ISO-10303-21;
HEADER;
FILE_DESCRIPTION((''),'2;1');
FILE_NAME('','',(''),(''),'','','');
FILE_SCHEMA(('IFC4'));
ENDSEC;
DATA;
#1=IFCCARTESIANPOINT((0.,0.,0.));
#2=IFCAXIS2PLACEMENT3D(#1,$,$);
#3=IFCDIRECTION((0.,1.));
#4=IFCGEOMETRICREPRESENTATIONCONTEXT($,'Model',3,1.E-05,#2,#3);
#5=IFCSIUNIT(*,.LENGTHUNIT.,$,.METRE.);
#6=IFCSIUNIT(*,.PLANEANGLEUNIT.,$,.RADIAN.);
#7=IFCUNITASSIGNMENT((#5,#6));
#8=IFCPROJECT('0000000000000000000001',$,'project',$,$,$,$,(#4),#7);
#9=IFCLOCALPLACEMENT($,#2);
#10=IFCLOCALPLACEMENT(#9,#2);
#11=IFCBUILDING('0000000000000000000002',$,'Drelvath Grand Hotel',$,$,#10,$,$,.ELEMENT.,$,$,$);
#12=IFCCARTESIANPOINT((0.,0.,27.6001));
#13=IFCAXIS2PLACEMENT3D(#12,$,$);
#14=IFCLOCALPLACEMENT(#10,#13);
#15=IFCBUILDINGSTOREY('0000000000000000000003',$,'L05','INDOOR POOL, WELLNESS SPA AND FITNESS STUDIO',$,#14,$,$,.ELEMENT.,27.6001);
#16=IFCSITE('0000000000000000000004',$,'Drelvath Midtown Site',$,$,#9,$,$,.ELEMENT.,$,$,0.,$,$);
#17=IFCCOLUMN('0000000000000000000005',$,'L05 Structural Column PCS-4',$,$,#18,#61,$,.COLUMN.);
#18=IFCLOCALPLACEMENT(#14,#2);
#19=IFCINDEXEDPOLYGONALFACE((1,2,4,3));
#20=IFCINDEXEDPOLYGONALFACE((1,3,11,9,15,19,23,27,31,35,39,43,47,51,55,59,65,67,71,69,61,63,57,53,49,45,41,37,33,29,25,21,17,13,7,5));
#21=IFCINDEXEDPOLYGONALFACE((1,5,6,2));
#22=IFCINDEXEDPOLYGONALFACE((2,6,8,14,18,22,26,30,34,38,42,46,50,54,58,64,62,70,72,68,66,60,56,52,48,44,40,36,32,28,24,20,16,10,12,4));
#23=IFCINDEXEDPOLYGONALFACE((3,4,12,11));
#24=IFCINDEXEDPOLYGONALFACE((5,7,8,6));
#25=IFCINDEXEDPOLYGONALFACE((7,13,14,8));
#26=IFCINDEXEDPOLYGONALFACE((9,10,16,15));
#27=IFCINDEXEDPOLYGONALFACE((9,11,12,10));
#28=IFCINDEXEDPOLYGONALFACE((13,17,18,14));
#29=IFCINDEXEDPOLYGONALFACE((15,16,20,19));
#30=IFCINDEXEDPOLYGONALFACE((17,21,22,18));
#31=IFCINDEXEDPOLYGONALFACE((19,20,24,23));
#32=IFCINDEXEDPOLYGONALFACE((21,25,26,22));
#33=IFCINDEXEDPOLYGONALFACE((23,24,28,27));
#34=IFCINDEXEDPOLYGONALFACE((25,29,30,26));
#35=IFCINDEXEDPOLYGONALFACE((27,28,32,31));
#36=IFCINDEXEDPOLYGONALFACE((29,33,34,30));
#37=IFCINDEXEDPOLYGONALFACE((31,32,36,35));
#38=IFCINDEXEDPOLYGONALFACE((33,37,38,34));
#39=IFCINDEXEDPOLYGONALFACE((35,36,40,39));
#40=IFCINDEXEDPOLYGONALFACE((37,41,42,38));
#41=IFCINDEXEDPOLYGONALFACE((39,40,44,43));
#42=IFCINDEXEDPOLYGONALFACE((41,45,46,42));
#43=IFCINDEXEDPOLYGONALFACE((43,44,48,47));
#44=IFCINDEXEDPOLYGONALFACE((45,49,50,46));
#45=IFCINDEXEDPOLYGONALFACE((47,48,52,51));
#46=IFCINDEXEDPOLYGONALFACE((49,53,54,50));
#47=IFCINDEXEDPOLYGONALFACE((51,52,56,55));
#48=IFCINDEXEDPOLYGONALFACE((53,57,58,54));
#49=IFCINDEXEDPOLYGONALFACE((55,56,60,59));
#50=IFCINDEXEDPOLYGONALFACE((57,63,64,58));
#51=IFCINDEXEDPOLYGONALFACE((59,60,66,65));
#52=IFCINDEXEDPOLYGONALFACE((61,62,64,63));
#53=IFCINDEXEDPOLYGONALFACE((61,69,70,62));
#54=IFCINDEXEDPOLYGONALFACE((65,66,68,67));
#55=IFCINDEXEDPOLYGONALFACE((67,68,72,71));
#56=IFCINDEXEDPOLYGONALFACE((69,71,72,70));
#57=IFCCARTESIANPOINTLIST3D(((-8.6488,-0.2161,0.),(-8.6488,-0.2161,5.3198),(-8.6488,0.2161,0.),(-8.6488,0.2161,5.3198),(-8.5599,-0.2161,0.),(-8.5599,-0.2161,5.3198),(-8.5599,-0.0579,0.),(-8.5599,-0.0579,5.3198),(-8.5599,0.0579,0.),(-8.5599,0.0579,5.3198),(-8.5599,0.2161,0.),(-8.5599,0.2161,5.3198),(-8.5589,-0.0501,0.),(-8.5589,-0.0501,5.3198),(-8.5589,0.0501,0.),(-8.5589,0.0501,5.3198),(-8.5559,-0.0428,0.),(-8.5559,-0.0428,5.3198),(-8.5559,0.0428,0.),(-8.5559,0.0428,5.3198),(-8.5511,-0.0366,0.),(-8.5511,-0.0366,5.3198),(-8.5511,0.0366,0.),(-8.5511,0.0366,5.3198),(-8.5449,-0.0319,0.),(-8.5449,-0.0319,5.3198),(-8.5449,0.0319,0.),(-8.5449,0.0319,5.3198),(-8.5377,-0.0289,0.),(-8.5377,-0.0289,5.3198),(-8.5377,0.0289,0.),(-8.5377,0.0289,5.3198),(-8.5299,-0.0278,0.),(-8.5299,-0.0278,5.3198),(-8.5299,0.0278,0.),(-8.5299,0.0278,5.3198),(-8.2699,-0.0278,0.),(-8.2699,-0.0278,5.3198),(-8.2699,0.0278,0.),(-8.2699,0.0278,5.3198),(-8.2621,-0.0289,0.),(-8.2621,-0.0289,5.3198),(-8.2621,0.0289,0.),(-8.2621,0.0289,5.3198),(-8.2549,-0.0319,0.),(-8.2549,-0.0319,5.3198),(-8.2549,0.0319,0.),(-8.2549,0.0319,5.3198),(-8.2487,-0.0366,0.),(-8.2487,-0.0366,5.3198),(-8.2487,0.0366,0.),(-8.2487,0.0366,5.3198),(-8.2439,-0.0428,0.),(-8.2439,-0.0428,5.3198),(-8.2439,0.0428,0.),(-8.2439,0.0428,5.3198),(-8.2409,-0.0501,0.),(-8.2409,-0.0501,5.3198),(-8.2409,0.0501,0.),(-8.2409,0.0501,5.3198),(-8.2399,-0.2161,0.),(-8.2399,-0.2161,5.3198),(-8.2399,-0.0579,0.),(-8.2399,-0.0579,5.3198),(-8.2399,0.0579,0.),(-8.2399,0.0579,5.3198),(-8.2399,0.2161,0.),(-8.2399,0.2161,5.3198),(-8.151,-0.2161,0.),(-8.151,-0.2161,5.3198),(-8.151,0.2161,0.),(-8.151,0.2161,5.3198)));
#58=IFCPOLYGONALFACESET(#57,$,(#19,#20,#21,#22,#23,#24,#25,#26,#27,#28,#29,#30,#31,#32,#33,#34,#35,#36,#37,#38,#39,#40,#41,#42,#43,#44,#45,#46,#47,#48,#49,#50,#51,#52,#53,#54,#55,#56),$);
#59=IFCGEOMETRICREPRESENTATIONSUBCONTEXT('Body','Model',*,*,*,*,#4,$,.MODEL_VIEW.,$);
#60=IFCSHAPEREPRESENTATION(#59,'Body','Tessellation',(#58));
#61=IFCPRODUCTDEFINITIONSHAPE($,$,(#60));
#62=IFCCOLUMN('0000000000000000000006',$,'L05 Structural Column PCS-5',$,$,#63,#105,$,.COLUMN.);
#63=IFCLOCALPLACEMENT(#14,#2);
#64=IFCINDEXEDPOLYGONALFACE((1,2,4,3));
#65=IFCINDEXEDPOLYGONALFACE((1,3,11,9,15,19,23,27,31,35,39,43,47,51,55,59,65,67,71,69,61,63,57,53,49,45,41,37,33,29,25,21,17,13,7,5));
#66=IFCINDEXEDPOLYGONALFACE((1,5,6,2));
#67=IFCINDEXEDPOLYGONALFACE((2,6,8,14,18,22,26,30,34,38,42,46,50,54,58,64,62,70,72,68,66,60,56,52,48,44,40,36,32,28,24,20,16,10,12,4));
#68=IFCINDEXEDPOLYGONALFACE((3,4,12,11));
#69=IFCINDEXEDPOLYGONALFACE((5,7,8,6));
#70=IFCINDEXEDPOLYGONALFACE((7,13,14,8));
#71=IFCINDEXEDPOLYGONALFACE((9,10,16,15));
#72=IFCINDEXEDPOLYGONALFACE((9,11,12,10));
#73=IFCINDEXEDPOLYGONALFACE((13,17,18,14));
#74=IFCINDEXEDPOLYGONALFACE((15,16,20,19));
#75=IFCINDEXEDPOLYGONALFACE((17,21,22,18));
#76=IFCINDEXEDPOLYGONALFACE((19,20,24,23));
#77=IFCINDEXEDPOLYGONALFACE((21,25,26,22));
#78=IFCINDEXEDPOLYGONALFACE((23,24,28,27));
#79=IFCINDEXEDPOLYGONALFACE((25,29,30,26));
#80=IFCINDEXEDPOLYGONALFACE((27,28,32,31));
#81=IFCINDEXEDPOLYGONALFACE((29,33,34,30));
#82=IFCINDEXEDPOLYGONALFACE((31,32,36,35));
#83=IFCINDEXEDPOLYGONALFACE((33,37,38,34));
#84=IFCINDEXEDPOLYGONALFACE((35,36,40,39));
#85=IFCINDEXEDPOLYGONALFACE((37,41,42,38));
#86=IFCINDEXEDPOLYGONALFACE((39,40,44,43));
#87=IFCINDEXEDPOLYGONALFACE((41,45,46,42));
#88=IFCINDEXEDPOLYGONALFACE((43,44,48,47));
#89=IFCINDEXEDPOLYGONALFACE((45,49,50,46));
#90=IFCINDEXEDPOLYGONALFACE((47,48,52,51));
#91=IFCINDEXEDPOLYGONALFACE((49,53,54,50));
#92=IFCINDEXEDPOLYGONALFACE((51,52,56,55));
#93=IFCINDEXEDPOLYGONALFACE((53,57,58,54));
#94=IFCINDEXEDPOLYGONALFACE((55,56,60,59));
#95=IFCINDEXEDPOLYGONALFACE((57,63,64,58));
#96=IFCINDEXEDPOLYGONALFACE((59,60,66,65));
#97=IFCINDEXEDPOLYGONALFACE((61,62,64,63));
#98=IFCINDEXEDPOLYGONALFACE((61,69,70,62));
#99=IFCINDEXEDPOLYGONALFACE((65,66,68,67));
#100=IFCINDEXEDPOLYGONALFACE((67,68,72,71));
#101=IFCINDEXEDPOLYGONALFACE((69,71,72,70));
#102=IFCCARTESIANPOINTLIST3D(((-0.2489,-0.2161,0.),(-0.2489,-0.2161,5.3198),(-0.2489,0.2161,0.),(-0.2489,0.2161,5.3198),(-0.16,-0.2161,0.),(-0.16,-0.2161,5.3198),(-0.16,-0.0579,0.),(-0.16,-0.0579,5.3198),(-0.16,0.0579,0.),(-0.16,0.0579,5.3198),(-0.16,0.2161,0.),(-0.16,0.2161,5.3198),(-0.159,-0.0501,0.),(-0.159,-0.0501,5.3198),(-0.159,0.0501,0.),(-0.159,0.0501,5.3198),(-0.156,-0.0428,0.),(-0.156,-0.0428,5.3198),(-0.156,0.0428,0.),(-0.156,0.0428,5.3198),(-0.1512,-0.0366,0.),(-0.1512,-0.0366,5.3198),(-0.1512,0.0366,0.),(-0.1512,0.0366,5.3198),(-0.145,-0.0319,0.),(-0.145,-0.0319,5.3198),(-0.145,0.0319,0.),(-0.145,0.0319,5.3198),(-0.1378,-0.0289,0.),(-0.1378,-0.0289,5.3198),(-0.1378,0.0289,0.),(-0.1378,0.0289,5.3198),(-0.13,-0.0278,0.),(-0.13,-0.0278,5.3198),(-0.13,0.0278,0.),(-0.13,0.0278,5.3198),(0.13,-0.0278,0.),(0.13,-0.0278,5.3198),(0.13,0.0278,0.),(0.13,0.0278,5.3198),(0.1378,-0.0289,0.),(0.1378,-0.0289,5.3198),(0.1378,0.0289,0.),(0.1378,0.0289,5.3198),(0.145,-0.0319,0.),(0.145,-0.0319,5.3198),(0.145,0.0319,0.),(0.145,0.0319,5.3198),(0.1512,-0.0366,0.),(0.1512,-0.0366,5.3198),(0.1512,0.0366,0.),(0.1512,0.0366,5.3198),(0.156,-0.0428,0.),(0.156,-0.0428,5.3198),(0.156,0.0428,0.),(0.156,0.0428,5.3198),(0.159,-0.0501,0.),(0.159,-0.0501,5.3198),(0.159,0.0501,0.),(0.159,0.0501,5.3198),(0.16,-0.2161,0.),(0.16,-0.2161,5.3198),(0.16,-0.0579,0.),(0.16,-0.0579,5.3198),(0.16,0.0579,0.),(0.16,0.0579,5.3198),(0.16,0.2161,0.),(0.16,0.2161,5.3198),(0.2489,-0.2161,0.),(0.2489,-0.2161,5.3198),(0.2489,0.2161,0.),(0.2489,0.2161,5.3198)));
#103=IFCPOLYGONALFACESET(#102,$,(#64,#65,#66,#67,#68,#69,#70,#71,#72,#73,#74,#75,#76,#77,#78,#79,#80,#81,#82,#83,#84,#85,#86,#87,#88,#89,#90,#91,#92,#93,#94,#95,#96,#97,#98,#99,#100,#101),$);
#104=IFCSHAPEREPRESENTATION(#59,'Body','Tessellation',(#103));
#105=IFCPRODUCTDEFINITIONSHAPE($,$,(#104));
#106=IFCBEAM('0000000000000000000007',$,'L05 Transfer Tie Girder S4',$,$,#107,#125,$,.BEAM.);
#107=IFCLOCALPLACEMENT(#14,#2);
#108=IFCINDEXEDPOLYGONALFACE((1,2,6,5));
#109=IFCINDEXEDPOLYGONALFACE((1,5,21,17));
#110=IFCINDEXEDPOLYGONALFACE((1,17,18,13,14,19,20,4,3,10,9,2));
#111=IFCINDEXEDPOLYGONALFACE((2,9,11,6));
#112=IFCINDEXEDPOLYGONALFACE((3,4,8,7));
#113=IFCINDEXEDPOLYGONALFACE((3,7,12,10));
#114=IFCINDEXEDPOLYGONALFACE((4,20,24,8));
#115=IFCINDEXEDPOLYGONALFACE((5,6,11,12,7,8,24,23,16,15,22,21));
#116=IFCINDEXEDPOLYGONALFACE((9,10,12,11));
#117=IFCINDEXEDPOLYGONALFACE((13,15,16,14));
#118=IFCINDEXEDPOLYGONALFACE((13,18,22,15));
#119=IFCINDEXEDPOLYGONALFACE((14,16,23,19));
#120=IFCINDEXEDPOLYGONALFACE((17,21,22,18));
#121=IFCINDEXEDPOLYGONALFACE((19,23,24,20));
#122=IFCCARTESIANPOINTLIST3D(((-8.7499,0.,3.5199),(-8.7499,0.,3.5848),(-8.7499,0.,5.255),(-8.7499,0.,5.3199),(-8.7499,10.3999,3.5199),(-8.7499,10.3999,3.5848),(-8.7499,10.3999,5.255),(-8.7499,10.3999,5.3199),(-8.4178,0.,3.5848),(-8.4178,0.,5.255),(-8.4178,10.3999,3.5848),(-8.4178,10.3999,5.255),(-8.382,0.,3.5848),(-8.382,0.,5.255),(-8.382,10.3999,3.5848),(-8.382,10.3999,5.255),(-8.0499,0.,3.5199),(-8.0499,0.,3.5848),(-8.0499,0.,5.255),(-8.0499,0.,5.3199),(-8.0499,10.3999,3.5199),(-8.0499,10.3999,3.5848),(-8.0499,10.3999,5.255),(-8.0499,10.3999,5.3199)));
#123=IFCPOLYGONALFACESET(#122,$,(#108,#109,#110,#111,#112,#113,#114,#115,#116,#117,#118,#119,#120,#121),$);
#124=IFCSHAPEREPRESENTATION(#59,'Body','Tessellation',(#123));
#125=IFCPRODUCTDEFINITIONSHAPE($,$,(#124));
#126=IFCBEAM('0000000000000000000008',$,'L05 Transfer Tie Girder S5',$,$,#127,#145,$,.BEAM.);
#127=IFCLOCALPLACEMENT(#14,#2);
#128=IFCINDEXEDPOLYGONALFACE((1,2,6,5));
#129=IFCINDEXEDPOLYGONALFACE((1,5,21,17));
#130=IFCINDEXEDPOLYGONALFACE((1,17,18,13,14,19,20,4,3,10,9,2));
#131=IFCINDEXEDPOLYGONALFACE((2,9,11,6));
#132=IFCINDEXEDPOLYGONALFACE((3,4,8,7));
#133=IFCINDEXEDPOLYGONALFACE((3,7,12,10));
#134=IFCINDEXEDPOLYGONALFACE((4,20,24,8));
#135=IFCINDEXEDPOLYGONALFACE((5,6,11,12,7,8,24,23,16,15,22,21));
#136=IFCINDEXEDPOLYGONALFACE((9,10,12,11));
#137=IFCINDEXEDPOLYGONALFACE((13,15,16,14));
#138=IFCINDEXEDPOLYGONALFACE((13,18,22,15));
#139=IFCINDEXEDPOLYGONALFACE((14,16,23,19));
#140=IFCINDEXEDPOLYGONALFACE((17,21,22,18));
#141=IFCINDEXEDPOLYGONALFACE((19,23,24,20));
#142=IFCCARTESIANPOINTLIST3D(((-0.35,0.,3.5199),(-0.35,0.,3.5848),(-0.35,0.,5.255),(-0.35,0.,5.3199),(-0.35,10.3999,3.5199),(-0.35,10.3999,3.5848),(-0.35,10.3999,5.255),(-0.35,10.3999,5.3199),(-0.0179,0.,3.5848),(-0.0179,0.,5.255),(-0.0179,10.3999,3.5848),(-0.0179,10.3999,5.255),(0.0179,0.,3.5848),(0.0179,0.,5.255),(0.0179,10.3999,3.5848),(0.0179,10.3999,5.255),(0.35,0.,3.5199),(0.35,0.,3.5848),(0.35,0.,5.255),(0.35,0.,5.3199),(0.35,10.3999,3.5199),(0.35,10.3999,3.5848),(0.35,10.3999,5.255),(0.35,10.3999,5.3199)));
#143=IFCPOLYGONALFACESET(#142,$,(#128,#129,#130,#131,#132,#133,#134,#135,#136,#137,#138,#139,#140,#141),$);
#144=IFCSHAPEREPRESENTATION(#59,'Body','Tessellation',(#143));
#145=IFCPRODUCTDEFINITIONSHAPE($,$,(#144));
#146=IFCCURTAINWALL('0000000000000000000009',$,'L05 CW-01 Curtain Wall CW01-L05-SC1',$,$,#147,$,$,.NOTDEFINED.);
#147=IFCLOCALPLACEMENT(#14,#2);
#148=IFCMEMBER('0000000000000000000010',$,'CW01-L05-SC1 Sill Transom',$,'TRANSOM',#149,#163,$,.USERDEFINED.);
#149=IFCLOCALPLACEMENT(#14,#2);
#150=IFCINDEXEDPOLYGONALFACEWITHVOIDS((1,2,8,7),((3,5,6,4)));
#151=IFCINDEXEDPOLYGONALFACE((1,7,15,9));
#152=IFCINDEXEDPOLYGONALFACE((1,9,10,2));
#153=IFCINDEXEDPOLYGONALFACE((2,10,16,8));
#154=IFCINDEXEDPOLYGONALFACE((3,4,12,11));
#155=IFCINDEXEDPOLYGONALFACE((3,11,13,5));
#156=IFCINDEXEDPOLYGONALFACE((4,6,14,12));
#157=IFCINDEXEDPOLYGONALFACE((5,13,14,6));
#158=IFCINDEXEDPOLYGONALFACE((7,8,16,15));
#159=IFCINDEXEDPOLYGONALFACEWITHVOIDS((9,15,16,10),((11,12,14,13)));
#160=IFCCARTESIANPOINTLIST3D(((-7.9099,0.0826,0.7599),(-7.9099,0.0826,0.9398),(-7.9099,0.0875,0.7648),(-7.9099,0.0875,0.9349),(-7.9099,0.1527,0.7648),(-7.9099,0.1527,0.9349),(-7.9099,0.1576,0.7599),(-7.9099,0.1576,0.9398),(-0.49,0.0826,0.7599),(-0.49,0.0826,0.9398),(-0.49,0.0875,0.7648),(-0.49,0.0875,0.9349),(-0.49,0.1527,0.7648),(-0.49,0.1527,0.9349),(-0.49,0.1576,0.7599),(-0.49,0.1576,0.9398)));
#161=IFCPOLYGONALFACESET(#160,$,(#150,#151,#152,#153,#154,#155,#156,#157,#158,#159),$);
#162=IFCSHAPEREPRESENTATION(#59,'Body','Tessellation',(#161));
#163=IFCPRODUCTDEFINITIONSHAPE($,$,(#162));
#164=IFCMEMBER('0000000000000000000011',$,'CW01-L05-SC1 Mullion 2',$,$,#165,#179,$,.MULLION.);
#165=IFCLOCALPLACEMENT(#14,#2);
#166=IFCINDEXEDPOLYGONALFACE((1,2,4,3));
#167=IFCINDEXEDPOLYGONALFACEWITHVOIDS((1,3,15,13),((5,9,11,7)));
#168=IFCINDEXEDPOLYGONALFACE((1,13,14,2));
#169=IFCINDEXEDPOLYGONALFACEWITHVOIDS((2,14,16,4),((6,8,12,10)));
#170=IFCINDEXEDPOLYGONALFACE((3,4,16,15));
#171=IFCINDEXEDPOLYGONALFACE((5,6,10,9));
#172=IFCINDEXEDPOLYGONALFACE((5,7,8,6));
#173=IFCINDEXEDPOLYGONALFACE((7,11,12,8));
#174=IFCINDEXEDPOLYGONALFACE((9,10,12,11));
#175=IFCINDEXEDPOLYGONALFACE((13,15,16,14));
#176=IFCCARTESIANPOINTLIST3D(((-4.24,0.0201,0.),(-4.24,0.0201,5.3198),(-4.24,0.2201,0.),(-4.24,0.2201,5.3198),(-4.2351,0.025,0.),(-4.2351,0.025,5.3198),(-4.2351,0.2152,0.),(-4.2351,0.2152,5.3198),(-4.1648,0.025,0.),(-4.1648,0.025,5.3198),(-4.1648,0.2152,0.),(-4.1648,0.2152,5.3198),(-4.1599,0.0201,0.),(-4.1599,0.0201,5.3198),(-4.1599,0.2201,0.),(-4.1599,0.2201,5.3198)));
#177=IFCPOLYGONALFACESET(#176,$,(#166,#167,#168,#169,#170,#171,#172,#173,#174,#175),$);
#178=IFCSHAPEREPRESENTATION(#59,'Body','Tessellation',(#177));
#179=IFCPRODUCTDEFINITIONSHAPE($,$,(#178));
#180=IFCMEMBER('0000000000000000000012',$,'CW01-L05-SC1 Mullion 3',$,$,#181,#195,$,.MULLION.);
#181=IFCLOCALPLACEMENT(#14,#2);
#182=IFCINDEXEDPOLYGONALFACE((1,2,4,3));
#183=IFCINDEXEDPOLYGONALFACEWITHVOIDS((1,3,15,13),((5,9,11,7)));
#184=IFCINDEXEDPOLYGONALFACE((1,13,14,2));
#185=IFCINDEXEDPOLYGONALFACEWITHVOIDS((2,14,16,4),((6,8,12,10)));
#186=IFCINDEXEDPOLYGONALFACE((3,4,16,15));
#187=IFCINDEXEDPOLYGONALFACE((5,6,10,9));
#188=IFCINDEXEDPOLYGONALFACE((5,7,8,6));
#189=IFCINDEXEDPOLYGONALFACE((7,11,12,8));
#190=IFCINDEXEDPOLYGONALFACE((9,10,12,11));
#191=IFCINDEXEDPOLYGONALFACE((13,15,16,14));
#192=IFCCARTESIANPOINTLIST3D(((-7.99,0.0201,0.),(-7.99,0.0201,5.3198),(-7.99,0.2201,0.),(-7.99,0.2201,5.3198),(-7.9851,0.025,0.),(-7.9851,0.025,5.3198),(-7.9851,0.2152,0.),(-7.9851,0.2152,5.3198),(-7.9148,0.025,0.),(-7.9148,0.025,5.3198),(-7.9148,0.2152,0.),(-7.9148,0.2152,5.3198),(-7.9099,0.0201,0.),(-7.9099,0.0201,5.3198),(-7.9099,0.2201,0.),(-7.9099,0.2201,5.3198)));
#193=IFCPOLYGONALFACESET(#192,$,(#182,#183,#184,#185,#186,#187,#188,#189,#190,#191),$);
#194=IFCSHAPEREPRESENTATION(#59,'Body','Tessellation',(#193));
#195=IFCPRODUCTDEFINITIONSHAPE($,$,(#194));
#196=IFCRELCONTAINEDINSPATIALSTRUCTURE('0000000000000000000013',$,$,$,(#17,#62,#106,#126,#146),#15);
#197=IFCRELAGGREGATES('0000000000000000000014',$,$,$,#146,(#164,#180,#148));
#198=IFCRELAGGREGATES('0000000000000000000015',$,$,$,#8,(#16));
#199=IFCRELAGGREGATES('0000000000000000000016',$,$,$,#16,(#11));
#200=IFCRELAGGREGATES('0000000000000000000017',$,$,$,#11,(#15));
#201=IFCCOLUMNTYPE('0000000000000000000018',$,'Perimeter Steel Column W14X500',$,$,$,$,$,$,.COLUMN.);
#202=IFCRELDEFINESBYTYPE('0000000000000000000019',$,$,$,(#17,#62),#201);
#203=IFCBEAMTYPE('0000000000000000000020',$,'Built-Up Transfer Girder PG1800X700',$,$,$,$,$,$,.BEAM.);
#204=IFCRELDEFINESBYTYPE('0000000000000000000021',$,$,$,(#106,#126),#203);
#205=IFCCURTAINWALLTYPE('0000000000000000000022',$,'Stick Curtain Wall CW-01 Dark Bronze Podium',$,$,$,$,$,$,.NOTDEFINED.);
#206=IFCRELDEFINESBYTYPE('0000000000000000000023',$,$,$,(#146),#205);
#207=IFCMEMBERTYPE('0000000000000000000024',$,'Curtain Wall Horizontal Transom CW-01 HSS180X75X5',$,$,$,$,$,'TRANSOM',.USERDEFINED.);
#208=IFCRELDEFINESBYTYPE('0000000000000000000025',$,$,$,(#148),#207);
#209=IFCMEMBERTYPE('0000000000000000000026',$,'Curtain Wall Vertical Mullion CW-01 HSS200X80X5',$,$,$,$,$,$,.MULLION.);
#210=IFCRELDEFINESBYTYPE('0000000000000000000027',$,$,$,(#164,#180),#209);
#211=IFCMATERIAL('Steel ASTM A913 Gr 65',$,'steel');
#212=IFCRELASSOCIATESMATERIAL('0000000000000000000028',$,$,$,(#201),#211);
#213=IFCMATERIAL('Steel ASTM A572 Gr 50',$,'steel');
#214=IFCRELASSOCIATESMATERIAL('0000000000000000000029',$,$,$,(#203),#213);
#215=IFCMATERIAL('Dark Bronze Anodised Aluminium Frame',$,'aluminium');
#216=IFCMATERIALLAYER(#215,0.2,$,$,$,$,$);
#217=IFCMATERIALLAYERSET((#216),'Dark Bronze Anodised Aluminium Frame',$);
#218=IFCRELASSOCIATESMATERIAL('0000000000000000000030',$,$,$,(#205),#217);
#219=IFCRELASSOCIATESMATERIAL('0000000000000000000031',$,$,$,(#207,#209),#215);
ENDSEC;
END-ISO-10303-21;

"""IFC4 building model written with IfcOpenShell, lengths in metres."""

from ifc_helpers import new_model, si_unit, direction, frame, origin, origin_2d, place, context, subcontext, project, spatial, hollow_rectangle, i_section, extrude, material, layer, layer_set, material_profile, profile_set, type_object, element, aggregate, save


model = new_model("IFC4")

# Units and contexts
model_context = context("Model", 3, precision=1e-05, world=origin(), true_north=direction((0.0, 1.0)))
body_context = subcontext(model_context, "Body", "Model", "MODEL_VIEW")
ifc_project = project(units=[si_unit("LENGTHUNIT", "METRE"), si_unit("PLANEANGLEUNIT", "RADIAN")], contexts=[model_context])

# Site, building, storey
site_placement = place(None, origin())
site = spatial("IfcSite", under=ifc_project, at=site_placement, Name="Drelvath Midtown Site", CompositionType="ELEMENT", RefElevation=0.0)
building_placement = place(site_placement, origin())
building = spatial("IfcBuilding", under=site, at=building_placement, Name="Drelvath Grand Hotel", CompositionType="ELEMENT")
storey_placement = place(building_placement, frame((0.0, 0.0, 27.6001)))
storey = spatial("IfcBuildingStorey", under=building, at=storey_placement, Name="L05", Description="INDOOR POOL, WELLNESS SPA AND FITNESS STUDIO", CompositionType="ELEMENT", Elevation=27.6001)

# Columns
ifc_material_1 = material(Name="Steel ASTM A913 Gr 65", Category="steel")
ifc_material_profile_1 = material_profile(ifc_material_1, i_section(OverallWidth=0.4321, OverallDepth=0.4978, WebThickness=0.0557, FlangeThickness=0.0889, FilletRadius=0.03, at=origin_2d()), Name="W14X500")
ifc_profile_set_1 = profile_set([ifc_material_profile_1], Name="Steel ASTM A913 Gr 65")
column_type = type_object("IfcColumnType", Name="Perimeter Steel Column W14X500", PredefinedType="COLUMN", material=ifc_profile_set_1)
for number, where, z_axis, x_axis, name in (
    (1, (-8.3999, 0.0, 0.0), (0.0, 0.0, 1.0), (0.0, 1.0, 0.0), "L05 Structural Column PCS-4"),
    (2, (0.0, 0.0, 0.0), (0.0, 0.0, 1.0), (0.0, 1.0, 0.0), "L05 Structural Column PCS-5"),
):
    element("IfcColumn", number, at=place(storey_placement, frame(where, z_axis=z_axis, x_axis=x_axis)), inside=storey, type_object=column_type, Name=name, PredefinedType="COLUMN", context=body_context, shape_type="SweptSolid", body=[
        extrude(i_section(OverallWidth=0.4321, OverallDepth=0.4978, WebThickness=0.0557, FlangeThickness=0.0889, FilletRadius=0.03, at=origin_2d()), origin(), (0.0, 0.0, 1.0), 5.3198),
    ])

# Beams
ifc_material_2 = material(Name="Steel ASTM A572 Gr 50", Category="steel")
ifc_material_profile_2 = material_profile(ifc_material_2, i_section(OverallWidth=0.7, OverallDepth=1.8, WebThickness=0.0359, FlangeThickness=0.0649, at=origin_2d()), Name="PG1800X700")
ifc_profile_set_2 = profile_set([ifc_material_profile_2], Name="Steel ASTM A572 Gr 50")
beam_type = type_object("IfcBeamType", Name="Built-Up Transfer Girder PG1800X700", PredefinedType="BEAM", material=ifc_profile_set_2)
for number, where, z_axis, x_axis, name in (
    (3, (-8.3999, 0.0, 4.4199), (0.0, 1.0, 0.0), (-1.0, 0.0, 0.0), "L05 Transfer Tie Girder S4"),
    (4, (0.0, 0.0, 4.4199), (0.0, 1.0, 0.0), (-1.0, 0.0, 0.0), "L05 Transfer Tie Girder S5"),
):
    element("IfcBeam", number, at=place(storey_placement, frame(where, z_axis=z_axis, x_axis=x_axis)), inside=storey, type_object=beam_type, Name=name, PredefinedType="BEAM", context=body_context, shape_type="SweptSolid", body=[
        extrude(i_section(OverallWidth=0.7, OverallDepth=1.8, WebThickness=0.0359, FlangeThickness=0.0649, at=origin_2d()), origin(), (0.0, 0.0, 1.0), 10.3999),
    ])

# Curtain wall, members
ifc_material_3 = material(Name="Dark Bronze Anodised Aluminium Frame", Category="aluminium")
ifc_layer_1 = layer(ifc_material_3, 0.2)
ifc_layer_set_1 = layer_set([ifc_layer_1], Name="Dark Bronze Anodised Aluminium Frame")
curtain_wall_type = type_object("IfcCurtainWallType", Name="Stick Curtain Wall CW-01 Dark Bronze Podium", PredefinedType="NOTDEFINED", material=ifc_layer_set_1)
curtain_wall_placement = place(storey_placement, origin())
curtain_wall = element("IfcCurtainWall", 5, at=curtain_wall_placement, inside=storey, type_object=curtain_wall_type, Name="L05 CW-01 Curtain Wall CW01-L05-SC1", PredefinedType="NOTDEFINED")
ifc_material_profile_3 = material_profile(ifc_material_3, hollow_rectangle(XDim=0.075, YDim=0.1799, WallThickness=0.0049, at=origin_2d()), Name="HSS180X75X5")
ifc_profile_set_3 = profile_set([ifc_material_profile_3], Name="Dark Bronze Anodised Aluminium Frame")
member_type_1 = type_object("IfcMemberType", Name="Curtain Wall Horizontal Transom CW-01 HSS180X75X5", ElementType="TRANSOM", PredefinedType="USERDEFINED", material=ifc_profile_set_3)
member_1_placement = place(storey_placement, frame((-0.49, 0.1201, 0.8499), z_axis=(-1.0, 0.0, 0.0), x_axis=(0.0, -1.0, 0.0)))
member_1 = element("IfcMember", 6, at=member_1_placement, type_object=member_type_1, Name="CW01-L05-SC1 Sill Transom", ObjectType="TRANSOM", PredefinedType="USERDEFINED", context=body_context, shape_type="SweptSolid", body=[
    extrude(hollow_rectangle(XDim=0.075, YDim=0.1799, WallThickness=0.0049, at=origin_2d()), origin(), (0.0, 0.0, 1.0), 7.4199),
])
ifc_material_profile_4 = material_profile(ifc_material_3, hollow_rectangle(XDim=0.0801, YDim=0.2, WallThickness=0.0049, at=origin_2d()), Name="HSS200X80X5")
ifc_profile_set_4 = profile_set([ifc_material_profile_4], Name="Dark Bronze Anodised Aluminium Frame")
member_type_2 = type_object("IfcMemberType", Name="Curtain Wall Vertical Mullion CW-01 HSS200X80X5", PredefinedType="MULLION", material=ifc_profile_set_4)
member_2_placement = place(storey_placement, frame((-4.2, 0.1201, 0.0), z_axis=(0.0, 0.0, 1.0), x_axis=(1.0, 0.0, 0.0)))
member_2 = element("IfcMember", 7, at=member_2_placement, type_object=member_type_2, Name="CW01-L05-SC1 Mullion 2", PredefinedType="MULLION", context=body_context, shape_type="SweptSolid", body=[
    extrude(hollow_rectangle(XDim=0.0801, YDim=0.2, WallThickness=0.0049, at=origin_2d()), origin(), (0.0, 0.0, 1.0), 5.3198),
])
member_3_placement = place(storey_placement, frame((-7.95, 0.1201, 0.0), z_axis=(0.0, 0.0, 1.0), x_axis=(1.0, 0.0, 0.0)))
member_3 = element("IfcMember", 8, at=member_3_placement, type_object=member_type_2, Name="CW01-L05-SC1 Mullion 3", PredefinedType="MULLION", context=body_context, shape_type="SweptSolid", body=[
    extrude(hollow_rectangle(XDim=0.0801, YDim=0.2, WallThickness=0.0049, at=origin_2d()), origin(), (0.0, 0.0, 1.0), 5.3198),
])

aggregate(curtain_wall, [member_2, member_3, member_1])

save(model, "model.ifc")
